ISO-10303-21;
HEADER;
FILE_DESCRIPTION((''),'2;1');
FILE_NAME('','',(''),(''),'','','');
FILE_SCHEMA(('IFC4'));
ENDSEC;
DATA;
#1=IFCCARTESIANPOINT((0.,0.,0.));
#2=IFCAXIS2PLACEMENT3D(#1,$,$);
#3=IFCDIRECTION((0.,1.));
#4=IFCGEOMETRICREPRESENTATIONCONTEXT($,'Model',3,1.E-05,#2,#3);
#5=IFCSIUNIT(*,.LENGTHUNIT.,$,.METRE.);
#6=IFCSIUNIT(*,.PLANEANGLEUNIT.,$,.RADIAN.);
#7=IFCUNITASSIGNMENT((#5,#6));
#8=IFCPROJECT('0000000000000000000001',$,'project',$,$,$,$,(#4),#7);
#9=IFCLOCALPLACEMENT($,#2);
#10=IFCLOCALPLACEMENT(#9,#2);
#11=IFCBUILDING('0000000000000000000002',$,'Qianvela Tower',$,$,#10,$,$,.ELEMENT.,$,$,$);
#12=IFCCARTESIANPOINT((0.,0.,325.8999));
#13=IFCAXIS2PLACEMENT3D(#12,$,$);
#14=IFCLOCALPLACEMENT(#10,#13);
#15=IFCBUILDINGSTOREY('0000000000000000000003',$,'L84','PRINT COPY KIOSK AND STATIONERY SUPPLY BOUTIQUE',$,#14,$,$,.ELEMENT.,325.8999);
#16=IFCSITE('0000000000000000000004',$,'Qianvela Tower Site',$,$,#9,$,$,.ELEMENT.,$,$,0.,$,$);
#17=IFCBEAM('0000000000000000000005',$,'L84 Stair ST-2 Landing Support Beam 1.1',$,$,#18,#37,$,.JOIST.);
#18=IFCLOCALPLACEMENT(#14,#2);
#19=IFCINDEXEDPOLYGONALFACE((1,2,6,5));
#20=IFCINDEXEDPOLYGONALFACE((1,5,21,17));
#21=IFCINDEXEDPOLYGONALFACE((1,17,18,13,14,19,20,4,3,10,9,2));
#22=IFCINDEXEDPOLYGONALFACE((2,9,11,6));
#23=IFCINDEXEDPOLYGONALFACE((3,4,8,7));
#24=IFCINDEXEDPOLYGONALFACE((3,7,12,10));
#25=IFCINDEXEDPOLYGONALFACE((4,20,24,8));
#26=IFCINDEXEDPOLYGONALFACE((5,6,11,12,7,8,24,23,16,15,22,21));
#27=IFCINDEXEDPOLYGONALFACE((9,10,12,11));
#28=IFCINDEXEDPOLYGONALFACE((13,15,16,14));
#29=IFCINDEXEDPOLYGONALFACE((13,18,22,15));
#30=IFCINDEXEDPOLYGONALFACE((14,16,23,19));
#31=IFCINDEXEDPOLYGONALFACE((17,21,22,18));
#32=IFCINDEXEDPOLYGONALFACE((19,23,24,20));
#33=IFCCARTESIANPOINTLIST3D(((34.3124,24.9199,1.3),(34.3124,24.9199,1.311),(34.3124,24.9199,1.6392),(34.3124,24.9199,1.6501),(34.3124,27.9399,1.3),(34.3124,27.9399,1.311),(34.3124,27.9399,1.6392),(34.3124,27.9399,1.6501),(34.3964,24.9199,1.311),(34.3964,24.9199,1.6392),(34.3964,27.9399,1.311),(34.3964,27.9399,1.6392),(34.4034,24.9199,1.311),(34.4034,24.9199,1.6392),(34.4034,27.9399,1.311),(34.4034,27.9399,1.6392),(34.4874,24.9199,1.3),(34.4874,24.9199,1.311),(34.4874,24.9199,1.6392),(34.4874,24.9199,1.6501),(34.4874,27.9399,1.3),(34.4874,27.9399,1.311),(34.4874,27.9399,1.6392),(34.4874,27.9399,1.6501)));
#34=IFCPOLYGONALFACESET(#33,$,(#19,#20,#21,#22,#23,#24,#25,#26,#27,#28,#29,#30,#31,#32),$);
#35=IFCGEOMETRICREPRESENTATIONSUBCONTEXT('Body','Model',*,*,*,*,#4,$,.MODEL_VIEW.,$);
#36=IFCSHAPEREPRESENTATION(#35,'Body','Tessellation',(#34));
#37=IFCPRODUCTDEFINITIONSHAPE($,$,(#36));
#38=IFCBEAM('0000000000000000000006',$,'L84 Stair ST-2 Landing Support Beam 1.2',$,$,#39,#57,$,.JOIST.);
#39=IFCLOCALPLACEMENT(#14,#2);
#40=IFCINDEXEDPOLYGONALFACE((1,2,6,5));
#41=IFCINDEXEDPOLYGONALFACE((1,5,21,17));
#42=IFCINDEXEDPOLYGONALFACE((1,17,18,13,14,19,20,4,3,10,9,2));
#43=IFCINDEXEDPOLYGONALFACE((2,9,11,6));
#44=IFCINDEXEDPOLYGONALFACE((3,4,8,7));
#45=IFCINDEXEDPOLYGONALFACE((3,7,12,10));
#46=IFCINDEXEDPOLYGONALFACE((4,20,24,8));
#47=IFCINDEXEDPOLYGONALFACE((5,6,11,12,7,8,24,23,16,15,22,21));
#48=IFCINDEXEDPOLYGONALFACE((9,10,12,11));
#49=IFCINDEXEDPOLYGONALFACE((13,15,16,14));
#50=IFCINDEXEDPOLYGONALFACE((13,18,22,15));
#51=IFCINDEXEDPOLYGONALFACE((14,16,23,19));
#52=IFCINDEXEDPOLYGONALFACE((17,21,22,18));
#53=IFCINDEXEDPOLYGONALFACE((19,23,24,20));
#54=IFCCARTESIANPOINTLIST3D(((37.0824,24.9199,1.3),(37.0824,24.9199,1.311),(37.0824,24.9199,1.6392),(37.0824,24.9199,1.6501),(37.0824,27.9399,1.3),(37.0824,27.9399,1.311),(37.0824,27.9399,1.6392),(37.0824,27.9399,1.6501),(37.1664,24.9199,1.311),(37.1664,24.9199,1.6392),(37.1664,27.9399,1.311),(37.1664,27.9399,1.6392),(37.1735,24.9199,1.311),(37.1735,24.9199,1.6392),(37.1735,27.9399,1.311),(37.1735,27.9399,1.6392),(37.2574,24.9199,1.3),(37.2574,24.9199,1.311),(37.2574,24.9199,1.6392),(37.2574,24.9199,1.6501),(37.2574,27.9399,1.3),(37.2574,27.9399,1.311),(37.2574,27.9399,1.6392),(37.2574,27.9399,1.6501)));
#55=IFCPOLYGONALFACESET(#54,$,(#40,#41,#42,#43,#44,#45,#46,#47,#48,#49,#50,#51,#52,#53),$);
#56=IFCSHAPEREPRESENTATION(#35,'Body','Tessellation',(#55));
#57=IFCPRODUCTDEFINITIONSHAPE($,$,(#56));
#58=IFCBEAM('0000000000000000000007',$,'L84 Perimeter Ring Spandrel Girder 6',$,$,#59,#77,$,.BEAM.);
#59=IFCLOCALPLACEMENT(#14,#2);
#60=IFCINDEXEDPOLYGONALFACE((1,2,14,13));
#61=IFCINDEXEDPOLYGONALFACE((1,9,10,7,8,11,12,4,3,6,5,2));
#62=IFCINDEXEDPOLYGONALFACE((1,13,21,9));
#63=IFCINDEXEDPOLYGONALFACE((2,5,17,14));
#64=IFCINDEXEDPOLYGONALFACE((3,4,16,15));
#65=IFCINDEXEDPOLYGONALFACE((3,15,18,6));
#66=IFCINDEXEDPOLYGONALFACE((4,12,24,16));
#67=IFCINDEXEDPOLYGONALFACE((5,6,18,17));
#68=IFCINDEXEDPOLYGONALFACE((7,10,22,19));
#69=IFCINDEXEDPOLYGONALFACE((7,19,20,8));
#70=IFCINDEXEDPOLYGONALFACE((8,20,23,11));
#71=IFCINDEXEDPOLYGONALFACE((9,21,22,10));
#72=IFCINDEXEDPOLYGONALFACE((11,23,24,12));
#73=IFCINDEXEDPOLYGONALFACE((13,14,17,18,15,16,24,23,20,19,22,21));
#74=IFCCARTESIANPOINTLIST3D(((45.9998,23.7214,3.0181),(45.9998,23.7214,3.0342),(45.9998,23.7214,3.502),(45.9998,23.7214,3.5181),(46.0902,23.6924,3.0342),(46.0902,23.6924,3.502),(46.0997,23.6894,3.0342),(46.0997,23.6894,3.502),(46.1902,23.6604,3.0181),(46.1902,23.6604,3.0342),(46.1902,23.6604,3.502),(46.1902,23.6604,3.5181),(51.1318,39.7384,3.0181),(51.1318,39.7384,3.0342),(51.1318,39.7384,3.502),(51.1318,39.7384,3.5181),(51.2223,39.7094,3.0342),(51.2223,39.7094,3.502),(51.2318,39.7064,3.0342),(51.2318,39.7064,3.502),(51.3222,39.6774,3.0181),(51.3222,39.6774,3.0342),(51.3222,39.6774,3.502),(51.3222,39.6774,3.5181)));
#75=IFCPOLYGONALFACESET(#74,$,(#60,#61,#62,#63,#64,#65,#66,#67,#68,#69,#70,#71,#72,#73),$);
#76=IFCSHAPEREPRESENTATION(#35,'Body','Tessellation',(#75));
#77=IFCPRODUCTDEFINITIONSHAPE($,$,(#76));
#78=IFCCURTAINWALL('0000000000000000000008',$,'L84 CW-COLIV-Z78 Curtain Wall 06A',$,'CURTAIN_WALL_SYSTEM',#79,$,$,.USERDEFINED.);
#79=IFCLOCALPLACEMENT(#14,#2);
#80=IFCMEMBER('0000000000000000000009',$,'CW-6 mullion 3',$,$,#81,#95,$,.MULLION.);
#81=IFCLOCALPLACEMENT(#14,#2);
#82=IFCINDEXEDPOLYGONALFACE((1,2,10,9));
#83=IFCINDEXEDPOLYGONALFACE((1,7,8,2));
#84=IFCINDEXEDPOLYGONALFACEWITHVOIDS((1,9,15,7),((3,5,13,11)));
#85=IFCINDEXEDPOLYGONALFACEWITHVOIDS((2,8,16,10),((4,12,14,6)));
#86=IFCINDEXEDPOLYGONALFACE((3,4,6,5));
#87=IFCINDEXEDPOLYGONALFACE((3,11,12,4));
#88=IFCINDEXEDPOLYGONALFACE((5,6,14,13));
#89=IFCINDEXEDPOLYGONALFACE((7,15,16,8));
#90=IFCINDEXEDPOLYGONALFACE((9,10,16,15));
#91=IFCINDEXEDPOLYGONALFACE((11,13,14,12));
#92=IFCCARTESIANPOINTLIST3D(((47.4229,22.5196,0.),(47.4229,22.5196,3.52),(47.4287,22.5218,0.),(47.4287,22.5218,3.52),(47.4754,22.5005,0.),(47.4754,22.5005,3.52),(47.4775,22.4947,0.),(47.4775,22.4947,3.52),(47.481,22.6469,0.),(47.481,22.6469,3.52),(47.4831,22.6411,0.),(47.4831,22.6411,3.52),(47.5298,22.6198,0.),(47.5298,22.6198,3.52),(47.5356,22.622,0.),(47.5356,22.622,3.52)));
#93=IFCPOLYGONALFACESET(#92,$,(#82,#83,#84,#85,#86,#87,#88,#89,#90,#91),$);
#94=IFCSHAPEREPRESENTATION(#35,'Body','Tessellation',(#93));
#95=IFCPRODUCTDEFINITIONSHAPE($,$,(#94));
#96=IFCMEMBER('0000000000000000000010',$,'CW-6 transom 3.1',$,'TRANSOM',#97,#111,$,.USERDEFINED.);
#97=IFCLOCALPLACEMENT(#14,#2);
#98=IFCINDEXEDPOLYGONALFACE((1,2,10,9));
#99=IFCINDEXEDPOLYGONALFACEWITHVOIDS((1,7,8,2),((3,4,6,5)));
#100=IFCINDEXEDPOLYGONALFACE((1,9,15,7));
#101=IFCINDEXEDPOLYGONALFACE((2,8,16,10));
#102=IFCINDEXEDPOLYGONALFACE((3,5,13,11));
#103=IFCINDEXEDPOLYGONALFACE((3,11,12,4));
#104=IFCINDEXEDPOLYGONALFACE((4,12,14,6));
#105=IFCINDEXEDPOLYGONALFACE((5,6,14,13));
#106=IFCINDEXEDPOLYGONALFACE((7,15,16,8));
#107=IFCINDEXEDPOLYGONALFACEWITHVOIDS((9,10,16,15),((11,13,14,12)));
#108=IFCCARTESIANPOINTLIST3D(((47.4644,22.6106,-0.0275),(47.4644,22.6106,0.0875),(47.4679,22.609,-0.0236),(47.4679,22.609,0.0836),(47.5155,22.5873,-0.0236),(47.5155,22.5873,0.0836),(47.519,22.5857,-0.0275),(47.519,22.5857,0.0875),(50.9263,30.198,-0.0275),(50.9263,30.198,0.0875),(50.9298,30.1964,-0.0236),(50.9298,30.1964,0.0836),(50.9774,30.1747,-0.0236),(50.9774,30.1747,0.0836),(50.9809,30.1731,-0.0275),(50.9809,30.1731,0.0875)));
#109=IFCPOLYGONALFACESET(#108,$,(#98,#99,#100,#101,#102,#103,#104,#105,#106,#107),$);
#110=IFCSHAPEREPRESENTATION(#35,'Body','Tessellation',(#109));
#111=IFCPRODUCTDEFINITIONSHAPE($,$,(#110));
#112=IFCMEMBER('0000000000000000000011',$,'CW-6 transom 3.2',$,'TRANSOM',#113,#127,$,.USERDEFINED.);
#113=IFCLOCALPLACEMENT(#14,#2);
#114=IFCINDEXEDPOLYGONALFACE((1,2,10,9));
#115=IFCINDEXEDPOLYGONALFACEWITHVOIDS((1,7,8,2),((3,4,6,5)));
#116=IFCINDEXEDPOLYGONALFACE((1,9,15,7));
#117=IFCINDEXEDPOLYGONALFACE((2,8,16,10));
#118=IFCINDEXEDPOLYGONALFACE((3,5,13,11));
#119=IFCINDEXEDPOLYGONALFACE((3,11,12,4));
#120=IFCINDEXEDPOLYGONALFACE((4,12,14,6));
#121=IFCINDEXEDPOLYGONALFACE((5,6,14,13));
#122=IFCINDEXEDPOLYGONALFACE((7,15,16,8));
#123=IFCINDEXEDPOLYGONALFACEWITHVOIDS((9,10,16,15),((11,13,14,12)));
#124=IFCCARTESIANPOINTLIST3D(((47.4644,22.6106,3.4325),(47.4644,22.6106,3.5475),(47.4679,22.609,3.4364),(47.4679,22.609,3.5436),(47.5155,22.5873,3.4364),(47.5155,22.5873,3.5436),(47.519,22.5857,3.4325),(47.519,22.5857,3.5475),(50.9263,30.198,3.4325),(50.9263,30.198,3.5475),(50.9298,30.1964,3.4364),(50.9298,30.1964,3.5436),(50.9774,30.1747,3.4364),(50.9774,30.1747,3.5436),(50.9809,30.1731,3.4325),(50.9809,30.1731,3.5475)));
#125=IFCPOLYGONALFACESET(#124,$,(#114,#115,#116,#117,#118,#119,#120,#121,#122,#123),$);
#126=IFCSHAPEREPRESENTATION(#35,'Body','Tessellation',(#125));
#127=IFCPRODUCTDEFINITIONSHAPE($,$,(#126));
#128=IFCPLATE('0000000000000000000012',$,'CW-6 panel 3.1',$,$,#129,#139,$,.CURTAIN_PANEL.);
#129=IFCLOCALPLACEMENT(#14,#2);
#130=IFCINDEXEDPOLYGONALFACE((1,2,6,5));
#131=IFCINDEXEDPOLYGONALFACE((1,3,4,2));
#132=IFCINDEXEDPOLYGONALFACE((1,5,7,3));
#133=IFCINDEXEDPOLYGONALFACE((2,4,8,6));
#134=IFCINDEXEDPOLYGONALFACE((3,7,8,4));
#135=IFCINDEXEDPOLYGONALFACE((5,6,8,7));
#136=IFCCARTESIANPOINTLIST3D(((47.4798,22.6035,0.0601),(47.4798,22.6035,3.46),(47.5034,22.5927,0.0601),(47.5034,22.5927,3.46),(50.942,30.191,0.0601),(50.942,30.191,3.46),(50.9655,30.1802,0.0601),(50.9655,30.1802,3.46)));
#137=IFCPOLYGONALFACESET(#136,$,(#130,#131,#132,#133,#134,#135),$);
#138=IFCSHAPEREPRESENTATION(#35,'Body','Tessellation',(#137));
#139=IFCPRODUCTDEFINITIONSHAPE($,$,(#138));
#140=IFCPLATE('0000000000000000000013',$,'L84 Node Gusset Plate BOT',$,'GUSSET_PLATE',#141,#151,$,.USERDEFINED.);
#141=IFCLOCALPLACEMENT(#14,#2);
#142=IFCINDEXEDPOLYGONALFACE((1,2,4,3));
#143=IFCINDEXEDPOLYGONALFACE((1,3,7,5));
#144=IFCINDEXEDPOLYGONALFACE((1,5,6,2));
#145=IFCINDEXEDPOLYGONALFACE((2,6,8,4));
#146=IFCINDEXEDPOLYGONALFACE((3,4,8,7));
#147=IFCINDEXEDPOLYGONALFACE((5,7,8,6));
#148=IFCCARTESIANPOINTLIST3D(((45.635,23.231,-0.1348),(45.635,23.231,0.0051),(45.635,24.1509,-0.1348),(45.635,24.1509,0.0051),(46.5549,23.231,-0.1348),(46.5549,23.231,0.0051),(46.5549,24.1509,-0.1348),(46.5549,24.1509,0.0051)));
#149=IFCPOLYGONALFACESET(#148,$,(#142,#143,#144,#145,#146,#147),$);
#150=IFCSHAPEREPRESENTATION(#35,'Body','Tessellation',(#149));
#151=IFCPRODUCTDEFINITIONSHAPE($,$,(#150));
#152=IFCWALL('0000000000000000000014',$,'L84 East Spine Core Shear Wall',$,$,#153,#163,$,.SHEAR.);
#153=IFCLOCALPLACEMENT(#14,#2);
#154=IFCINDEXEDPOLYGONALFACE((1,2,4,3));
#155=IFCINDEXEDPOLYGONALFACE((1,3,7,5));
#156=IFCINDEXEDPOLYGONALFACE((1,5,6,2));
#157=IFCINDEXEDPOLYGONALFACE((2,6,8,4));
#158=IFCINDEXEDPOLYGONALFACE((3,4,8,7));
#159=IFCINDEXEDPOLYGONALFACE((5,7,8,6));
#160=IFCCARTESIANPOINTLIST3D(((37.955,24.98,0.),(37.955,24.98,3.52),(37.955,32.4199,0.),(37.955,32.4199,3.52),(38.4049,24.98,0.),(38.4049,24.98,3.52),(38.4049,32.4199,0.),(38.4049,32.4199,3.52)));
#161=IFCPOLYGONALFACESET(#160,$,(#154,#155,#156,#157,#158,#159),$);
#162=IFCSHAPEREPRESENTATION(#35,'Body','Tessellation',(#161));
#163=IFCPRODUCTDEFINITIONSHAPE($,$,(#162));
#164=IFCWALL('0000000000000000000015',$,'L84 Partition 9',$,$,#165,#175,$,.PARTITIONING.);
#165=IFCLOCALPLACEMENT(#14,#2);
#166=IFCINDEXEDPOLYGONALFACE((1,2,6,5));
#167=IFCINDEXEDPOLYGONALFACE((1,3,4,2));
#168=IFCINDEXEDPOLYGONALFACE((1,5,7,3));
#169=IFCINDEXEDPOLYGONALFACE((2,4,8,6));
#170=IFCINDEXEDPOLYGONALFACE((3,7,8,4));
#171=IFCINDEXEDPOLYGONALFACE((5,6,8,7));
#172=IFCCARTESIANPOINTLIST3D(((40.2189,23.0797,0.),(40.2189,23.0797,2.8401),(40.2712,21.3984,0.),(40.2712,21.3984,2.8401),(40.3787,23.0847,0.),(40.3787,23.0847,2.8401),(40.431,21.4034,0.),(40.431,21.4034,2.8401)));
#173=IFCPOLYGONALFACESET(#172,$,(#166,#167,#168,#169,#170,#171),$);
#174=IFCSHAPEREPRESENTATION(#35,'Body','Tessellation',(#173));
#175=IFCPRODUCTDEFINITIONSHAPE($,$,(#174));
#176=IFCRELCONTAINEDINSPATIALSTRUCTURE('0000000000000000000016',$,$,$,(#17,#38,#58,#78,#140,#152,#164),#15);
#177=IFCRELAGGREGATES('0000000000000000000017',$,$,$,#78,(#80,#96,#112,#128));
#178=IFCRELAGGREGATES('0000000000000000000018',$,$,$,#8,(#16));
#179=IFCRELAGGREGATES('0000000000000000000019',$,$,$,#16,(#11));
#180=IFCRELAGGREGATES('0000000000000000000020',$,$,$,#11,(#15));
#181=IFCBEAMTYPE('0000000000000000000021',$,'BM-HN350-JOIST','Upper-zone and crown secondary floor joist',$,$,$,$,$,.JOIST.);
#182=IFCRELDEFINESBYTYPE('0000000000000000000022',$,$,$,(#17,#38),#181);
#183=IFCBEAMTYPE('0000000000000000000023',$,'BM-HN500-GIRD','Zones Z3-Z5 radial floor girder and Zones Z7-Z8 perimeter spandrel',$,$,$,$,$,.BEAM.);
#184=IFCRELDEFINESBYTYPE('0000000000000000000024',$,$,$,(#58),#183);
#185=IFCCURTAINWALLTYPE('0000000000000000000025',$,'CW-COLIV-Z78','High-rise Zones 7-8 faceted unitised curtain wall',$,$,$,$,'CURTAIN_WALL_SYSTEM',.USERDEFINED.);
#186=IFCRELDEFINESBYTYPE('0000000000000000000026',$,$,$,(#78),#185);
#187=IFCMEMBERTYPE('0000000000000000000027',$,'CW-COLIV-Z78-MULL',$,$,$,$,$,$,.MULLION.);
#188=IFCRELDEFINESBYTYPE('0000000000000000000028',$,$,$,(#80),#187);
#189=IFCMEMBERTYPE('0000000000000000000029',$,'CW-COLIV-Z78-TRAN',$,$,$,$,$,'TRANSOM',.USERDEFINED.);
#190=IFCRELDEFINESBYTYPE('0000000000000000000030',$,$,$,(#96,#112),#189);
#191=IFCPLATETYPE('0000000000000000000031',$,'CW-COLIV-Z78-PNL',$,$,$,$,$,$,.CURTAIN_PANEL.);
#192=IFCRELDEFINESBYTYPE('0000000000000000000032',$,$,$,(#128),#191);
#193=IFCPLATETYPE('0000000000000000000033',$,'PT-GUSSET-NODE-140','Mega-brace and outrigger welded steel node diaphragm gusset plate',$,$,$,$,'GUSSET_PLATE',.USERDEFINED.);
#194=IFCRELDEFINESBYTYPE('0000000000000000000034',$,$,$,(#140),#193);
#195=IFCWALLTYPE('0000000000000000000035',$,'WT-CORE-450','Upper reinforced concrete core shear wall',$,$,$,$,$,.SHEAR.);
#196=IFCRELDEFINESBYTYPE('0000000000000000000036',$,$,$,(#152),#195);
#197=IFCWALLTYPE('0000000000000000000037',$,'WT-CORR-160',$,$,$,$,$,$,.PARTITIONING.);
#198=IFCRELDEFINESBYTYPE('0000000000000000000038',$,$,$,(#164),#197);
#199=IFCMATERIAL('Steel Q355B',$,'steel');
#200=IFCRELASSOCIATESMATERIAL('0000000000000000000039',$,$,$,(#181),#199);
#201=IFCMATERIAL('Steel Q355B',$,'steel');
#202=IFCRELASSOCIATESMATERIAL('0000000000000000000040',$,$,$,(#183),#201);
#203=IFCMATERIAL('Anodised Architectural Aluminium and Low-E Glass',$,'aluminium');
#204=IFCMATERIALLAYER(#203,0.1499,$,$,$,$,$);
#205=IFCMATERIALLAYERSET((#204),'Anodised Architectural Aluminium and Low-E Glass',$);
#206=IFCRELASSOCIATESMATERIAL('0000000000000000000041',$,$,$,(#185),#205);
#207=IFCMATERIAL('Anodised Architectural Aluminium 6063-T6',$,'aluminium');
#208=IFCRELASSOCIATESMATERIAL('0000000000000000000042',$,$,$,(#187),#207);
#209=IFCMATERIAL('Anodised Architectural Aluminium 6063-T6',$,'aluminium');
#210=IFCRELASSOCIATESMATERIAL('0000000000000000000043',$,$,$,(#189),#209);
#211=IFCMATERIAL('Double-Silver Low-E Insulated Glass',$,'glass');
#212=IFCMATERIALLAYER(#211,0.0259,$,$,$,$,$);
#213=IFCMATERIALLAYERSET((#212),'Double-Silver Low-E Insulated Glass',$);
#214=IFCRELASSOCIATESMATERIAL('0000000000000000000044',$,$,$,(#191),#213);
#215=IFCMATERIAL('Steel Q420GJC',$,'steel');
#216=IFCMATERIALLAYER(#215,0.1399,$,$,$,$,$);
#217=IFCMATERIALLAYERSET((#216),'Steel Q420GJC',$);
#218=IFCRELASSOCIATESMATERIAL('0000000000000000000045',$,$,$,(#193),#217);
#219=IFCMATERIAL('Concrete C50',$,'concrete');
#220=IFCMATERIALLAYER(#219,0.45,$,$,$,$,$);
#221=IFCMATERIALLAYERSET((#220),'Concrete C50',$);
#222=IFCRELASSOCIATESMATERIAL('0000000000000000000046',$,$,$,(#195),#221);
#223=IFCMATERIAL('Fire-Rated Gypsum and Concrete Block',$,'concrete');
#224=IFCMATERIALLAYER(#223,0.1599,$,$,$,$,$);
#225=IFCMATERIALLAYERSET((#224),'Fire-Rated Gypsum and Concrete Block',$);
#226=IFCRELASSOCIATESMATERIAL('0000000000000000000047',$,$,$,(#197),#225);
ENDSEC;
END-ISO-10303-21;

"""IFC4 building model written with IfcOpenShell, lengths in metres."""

from ifc_helpers import new_model, si_unit, direction, frame, frame_2d, origin, origin_2d, place, context, subcontext, project, spatial, rectangle, hollow_rectangle, i_section, extrude, material, layer, layer_set, material_profile, profile_set, type_object, element, aggregate, save


model = new_model("IFC4")

# Units and contexts
model_context = context("Model", 3, precision=1e-05, world=origin(), true_north=direction((0.0, 1.0)))
body_context = subcontext(model_context, "Body", "Model", "MODEL_VIEW")
ifc_project = project(units=[si_unit("LENGTHUNIT", "METRE"), si_unit("PLANEANGLEUNIT", "RADIAN")], contexts=[model_context])

# Site, building, storey
site_placement = place(None, origin())
site = spatial("IfcSite", under=ifc_project, at=site_placement, Name="Qianvela Tower Site", CompositionType="ELEMENT", RefElevation=0.0)
building_placement = place(site_placement, origin())
building = spatial("IfcBuilding", under=site, at=building_placement, Name="Qianvela Tower", CompositionType="ELEMENT")
storey_placement = place(building_placement, frame((0.0, 0.0, 325.8999)))
storey = spatial("IfcBuildingStorey", under=building, at=storey_placement, Name="L84", Description="PRINT COPY KIOSK AND STATIONERY SUPPLY BOUTIQUE", CompositionType="ELEMENT", Elevation=325.8999)

# Beams
ifc_material_1 = material(Name="Steel Q355B", Category="steel")
ifc_material_profile_1 = material_profile(ifc_material_1, i_section(OverallWidth=0.175, OverallDepth=0.3501, WebThickness=0.0071, FlangeThickness=0.011, at=origin_2d()), Name="HN350x175x7x11")
ifc_profile_set_1 = profile_set([ifc_material_profile_1], Name="Steel Q355B")
beam_type_1 = type_object("IfcBeamType", Name="BM-HN350-JOIST", Description="Upper-zone and crown secondary floor joist", PredefinedType="JOIST", material=ifc_profile_set_1)
for number, where, z_axis, x_axis, name in (
    (1, (34.3999, 24.9199, 1.4751), (0.0, 1.0, 0.0), (-1.0, 0.0, 0.0), "L84 Stair ST-2 Landing Support Beam 1.1"),
    (2, (37.1699, 24.9199, 1.4751), (0.0, 1.0, 0.0), (-1.0, 0.0, 0.0), "L84 Stair ST-2 Landing Support Beam 1.2"),
):
    element("IfcBeam", number, at=place(storey_placement, frame(where, z_axis=z_axis, x_axis=x_axis)), inside=storey, type_object=beam_type_1, Name=name, PredefinedType="JOIST", context=body_context, shape_type="SweptSolid", body=[
        extrude(i_section(OverallWidth=0.175, OverallDepth=0.3501, WebThickness=0.0071, FlangeThickness=0.011, at=origin_2d()), origin(), (0.0, 0.0, 1.0), 3.02),
    ])
ifc_material_2 = material(Name="Steel Q355B", Category="steel")
ifc_material_profile_2 = material_profile(ifc_material_2, i_section(OverallWidth=0.2, OverallDepth=0.5, WebThickness=0.01, FlangeThickness=0.0161, at=origin_2d()), Name="HN500x200x10x16")
ifc_profile_set_2 = profile_set([ifc_material_profile_2], Name="Steel Q355B")
beam_type_2 = type_object("IfcBeamType", Name="BM-HN500-GIRD", Description="Zones Z3-Z5 radial floor girder and Zones Z7-Z8 perimeter spandrel", PredefinedType="BEAM", material=ifc_profile_set_2)
beam_1_placement = place(storey_placement, frame((46.095, 23.6909, 3.2681), z_axis=(0.305132, 0.95231, 0.0), x_axis=(-0.95231, 0.305132, 0.0)))
element("IfcBeam", 3, at=beam_1_placement, inside=storey, type_object=beam_type_2, Name="L84 Perimeter Ring Spandrel Girder 6", PredefinedType="BEAM", context=body_context, shape_type="SweptSolid", body=[
    extrude(i_section(OverallWidth=0.2, OverallDepth=0.5, WebThickness=0.01, FlangeThickness=0.0161, at=origin_2d()), origin(), (0.0, 0.0, 1.0), 16.8191),
])

# Curtain wall, members, plate
ifc_material_3 = material(Name="Anodised Architectural Aluminium and Low-E Glass", Category="aluminium")
ifc_layer_1 = layer(ifc_material_3, 0.1499)
ifc_layer_set_1 = layer_set([ifc_layer_1], Name="Anodised Architectural Aluminium and Low-E Glass")
curtain_wall_type = type_object("IfcCurtainWallType", Name="CW-COLIV-Z78", Description="High-rise Zones 7-8 faceted unitised curtain wall", ElementType="CURTAIN_WALL_SYSTEM", PredefinedType="USERDEFINED", material=ifc_layer_set_1)
curtain_wall_placement = place(storey_placement, origin())
curtain_wall = element("IfcCurtainWall", 4, at=curtain_wall_placement, inside=storey, type_object=curtain_wall_type, Name="L84 CW-COLIV-Z78 Curtain Wall 06A", ObjectType="CURTAIN_WALL_SYSTEM", PredefinedType="USERDEFINED")
ifc_material_4 = material(Name="Anodised Architectural Aluminium 6063-T6", Category="aluminium")
ifc_material_profile_3 = material_profile(ifc_material_4, hollow_rectangle(XDim=0.0601, YDim=0.1399, WallThickness=0.0044, at=origin_2d()), Name="ALU-MULL-60x140")
ifc_profile_set_3 = profile_set([ifc_material_profile_3], Name="Anodised Architectural Aluminium 6063-T6")
member_type_1 = type_object("IfcMemberType", Name="CW-COLIV-Z78-MULL", PredefinedType="MULLION", material=ifc_profile_set_3)
member_1_placement = place(storey_placement, frame((47.4792, 22.5708, 0.0), z_axis=(0.0, 0.0, 1.0), x_axis=(-0.909766, 0.41512, 0.0)))
member_1 = element("IfcMember", 5, at=member_1_placement, type_object=member_type_1, Name="CW-6 mullion 3", PredefinedType="MULLION", context=body_context, shape_type="SweptSolid", body=[
    extrude(hollow_rectangle(XDim=0.0601, YDim=0.1399, WallThickness=0.0044, at=origin_2d()), origin(), (0.0, 0.0, 1.0), 3.52),
])
ifc_material_5 = material(Name="Anodised Architectural Aluminium 6063-T6", Category="aluminium")
ifc_material_profile_4 = material_profile(ifc_material_5, hollow_rectangle(XDim=0.0601, YDim=0.115, WallThickness=0.0039, at=origin_2d()), Name="ALU-TRAN-60x115")
ifc_profile_set_4 = profile_set([ifc_material_profile_4], Name="Anodised Architectural Aluminium 6063-T6")
member_type_2 = type_object("IfcMemberType", Name="CW-COLIV-Z78-TRAN", ElementType="TRANSOM", PredefinedType="USERDEFINED", material=ifc_profile_set_4)
member_2_placement = place(storey_placement, frame((47.4917, 22.5981, 0.03), z_axis=(0.415104, 0.909774, 0.0), x_axis=(-0.909774, 0.415104, 0.0)))
member_2 = element("IfcMember", 6, at=member_2_placement, type_object=member_type_2, Name="CW-6 transom 3.1", ObjectType="TRANSOM", PredefinedType="USERDEFINED", context=body_context, shape_type="SweptSolid", body=[
    extrude(hollow_rectangle(XDim=0.0601, YDim=0.115, WallThickness=0.0039, at=origin_2d()), origin(), (0.0, 0.0, 1.0), 8.3398),
])
member_3_placement = place(storey_placement, frame((47.4917, 22.5981, 3.49), z_axis=(0.415104, 0.909774, 0.0), x_axis=(-0.909774, 0.415104, 0.0)))
member_3 = element("IfcMember", 7, at=member_3_placement, type_object=member_type_2, Name="CW-6 transom 3.2", ObjectType="TRANSOM", PredefinedType="USERDEFINED", context=body_context, shape_type="SweptSolid", body=[
    extrude(hollow_rectangle(XDim=0.0601, YDim=0.115, WallThickness=0.0039, at=origin_2d()), origin(), (0.0, 0.0, 1.0), 8.3398),
])
ifc_material_6 = material(Name="Double-Silver Low-E Insulated Glass", Category="glass")
ifc_layer_2 = layer(ifc_material_6, 0.0259)
ifc_layer_set_2 = layer_set([ifc_layer_2], Name="Double-Silver Low-E Insulated Glass")
plate_type_1 = type_object("IfcPlateType", Name="CW-COLIV-Z78-PNL", PredefinedType="CURTAIN_PANEL", material=ifc_layer_set_2)
plate_1_placement = place(storey_placement, frame((49.2227, 26.3918, 0.0601), z_axis=(0.0, 0.0, 1.0), x_axis=(0.41512, 0.909766, 0.0)))
plate_1 = element("IfcPlate", 8, at=plate_1_placement, type_object=plate_type_1, Name="CW-6 panel 3.1", PredefinedType="CURTAIN_PANEL", context=body_context, shape_type="SweptSolid", body=[
    extrude(rectangle(XDim=8.3401, YDim=0.0259, at=origin_2d()), origin(), (0.0, 0.0, 1.0), 3.3999),
])
aggregate(curtain_wall, [member_1, member_2, member_3, plate_1])

# Plate
ifc_material_7 = material(Name="Steel Q420GJC", Category="steel")
ifc_layer_3 = layer(ifc_material_7, 0.1399)
ifc_layer_set_3 = layer_set([ifc_layer_3], Name="Steel Q420GJC")
plate_type_2 = type_object("IfcPlateType", Name="PT-GUSSET-NODE-140", Description="Mega-brace and outrigger welded steel node diaphragm gusset plate", ElementType="GUSSET_PLATE", PredefinedType="USERDEFINED", material=ifc_layer_set_3)
plate_2_placement = place(storey_placement, frame((46.095, 23.6909, -0.1348), z_axis=(0.0, 0.0, 1.0), x_axis=(1.0, 0.0, 0.0)))
element("IfcPlate", 9, at=plate_2_placement, inside=storey, type_object=plate_type_2, Name="L84 Node Gusset Plate BOT", ObjectType="GUSSET_PLATE", PredefinedType="USERDEFINED", context=body_context, shape_type="SweptSolid", body=[
    extrude(rectangle(XDim=0.9199, YDim=0.9199, at=origin_2d()), origin(), (0.0, 0.0, 1.0), 0.1399),
])

# Walls
ifc_material_8 = material(Name="Concrete C50", Category="concrete")
ifc_layer_4 = layer(ifc_material_8, 0.45)
ifc_layer_set_4 = layer_set([ifc_layer_4], Name="Concrete C50")
wall_type_1 = type_object("IfcWallType", Name="WT-CORE-450", Description="Upper reinforced concrete core shear wall", PredefinedType="SHEAR", material=ifc_layer_set_4)
wall_1_placement = place(storey_placement, frame((38.1799, 24.98, 0.0), z_axis=(0.0, 0.0, 1.0), x_axis=(0.0, 1.0, 0.0)))
element("IfcWall", 10, at=wall_1_placement, inside=storey, type_object=wall_type_1, Name="L84 East Spine Core Shear Wall", PredefinedType="SHEAR", context=body_context, shape_type="SweptSolid", body=[
    extrude(rectangle(XDim=7.4399, YDim=0.45, at=frame_2d((3.72, 0.0))), origin(), (0.0, 0.0, 1.0), 3.52),
])
ifc_material_9 = material(Name="Fire-Rated Gypsum and Concrete Block", Category="concrete")
ifc_layer_5 = layer(ifc_material_9, 0.1599)
ifc_layer_set_5 = layer_set([ifc_layer_5], Name="Fire-Rated Gypsum and Concrete Block")
wall_type_2 = type_object("IfcWallType", Name="WT-CORR-160", PredefinedType="PARTITIONING", material=ifc_layer_set_5)
wall_2_placement = place(storey_placement, frame((40.3511, 21.4009, 0.0), z_axis=(0.0, 0.0, 1.0), x_axis=(-0.031058, 0.999518, 0.0)))
element("IfcWall", 11, at=wall_2_placement, inside=storey, type_object=wall_type_2, Name="L84 Partition 9", PredefinedType="PARTITIONING", context=body_context, shape_type="SweptSolid", body=[
    extrude(rectangle(XDim=1.6821, YDim=0.1599, at=frame_2d((0.8411, 0.0))), origin(), (0.0, 0.0, 1.0), 2.8401),
])

save(model, "model.ifc")
